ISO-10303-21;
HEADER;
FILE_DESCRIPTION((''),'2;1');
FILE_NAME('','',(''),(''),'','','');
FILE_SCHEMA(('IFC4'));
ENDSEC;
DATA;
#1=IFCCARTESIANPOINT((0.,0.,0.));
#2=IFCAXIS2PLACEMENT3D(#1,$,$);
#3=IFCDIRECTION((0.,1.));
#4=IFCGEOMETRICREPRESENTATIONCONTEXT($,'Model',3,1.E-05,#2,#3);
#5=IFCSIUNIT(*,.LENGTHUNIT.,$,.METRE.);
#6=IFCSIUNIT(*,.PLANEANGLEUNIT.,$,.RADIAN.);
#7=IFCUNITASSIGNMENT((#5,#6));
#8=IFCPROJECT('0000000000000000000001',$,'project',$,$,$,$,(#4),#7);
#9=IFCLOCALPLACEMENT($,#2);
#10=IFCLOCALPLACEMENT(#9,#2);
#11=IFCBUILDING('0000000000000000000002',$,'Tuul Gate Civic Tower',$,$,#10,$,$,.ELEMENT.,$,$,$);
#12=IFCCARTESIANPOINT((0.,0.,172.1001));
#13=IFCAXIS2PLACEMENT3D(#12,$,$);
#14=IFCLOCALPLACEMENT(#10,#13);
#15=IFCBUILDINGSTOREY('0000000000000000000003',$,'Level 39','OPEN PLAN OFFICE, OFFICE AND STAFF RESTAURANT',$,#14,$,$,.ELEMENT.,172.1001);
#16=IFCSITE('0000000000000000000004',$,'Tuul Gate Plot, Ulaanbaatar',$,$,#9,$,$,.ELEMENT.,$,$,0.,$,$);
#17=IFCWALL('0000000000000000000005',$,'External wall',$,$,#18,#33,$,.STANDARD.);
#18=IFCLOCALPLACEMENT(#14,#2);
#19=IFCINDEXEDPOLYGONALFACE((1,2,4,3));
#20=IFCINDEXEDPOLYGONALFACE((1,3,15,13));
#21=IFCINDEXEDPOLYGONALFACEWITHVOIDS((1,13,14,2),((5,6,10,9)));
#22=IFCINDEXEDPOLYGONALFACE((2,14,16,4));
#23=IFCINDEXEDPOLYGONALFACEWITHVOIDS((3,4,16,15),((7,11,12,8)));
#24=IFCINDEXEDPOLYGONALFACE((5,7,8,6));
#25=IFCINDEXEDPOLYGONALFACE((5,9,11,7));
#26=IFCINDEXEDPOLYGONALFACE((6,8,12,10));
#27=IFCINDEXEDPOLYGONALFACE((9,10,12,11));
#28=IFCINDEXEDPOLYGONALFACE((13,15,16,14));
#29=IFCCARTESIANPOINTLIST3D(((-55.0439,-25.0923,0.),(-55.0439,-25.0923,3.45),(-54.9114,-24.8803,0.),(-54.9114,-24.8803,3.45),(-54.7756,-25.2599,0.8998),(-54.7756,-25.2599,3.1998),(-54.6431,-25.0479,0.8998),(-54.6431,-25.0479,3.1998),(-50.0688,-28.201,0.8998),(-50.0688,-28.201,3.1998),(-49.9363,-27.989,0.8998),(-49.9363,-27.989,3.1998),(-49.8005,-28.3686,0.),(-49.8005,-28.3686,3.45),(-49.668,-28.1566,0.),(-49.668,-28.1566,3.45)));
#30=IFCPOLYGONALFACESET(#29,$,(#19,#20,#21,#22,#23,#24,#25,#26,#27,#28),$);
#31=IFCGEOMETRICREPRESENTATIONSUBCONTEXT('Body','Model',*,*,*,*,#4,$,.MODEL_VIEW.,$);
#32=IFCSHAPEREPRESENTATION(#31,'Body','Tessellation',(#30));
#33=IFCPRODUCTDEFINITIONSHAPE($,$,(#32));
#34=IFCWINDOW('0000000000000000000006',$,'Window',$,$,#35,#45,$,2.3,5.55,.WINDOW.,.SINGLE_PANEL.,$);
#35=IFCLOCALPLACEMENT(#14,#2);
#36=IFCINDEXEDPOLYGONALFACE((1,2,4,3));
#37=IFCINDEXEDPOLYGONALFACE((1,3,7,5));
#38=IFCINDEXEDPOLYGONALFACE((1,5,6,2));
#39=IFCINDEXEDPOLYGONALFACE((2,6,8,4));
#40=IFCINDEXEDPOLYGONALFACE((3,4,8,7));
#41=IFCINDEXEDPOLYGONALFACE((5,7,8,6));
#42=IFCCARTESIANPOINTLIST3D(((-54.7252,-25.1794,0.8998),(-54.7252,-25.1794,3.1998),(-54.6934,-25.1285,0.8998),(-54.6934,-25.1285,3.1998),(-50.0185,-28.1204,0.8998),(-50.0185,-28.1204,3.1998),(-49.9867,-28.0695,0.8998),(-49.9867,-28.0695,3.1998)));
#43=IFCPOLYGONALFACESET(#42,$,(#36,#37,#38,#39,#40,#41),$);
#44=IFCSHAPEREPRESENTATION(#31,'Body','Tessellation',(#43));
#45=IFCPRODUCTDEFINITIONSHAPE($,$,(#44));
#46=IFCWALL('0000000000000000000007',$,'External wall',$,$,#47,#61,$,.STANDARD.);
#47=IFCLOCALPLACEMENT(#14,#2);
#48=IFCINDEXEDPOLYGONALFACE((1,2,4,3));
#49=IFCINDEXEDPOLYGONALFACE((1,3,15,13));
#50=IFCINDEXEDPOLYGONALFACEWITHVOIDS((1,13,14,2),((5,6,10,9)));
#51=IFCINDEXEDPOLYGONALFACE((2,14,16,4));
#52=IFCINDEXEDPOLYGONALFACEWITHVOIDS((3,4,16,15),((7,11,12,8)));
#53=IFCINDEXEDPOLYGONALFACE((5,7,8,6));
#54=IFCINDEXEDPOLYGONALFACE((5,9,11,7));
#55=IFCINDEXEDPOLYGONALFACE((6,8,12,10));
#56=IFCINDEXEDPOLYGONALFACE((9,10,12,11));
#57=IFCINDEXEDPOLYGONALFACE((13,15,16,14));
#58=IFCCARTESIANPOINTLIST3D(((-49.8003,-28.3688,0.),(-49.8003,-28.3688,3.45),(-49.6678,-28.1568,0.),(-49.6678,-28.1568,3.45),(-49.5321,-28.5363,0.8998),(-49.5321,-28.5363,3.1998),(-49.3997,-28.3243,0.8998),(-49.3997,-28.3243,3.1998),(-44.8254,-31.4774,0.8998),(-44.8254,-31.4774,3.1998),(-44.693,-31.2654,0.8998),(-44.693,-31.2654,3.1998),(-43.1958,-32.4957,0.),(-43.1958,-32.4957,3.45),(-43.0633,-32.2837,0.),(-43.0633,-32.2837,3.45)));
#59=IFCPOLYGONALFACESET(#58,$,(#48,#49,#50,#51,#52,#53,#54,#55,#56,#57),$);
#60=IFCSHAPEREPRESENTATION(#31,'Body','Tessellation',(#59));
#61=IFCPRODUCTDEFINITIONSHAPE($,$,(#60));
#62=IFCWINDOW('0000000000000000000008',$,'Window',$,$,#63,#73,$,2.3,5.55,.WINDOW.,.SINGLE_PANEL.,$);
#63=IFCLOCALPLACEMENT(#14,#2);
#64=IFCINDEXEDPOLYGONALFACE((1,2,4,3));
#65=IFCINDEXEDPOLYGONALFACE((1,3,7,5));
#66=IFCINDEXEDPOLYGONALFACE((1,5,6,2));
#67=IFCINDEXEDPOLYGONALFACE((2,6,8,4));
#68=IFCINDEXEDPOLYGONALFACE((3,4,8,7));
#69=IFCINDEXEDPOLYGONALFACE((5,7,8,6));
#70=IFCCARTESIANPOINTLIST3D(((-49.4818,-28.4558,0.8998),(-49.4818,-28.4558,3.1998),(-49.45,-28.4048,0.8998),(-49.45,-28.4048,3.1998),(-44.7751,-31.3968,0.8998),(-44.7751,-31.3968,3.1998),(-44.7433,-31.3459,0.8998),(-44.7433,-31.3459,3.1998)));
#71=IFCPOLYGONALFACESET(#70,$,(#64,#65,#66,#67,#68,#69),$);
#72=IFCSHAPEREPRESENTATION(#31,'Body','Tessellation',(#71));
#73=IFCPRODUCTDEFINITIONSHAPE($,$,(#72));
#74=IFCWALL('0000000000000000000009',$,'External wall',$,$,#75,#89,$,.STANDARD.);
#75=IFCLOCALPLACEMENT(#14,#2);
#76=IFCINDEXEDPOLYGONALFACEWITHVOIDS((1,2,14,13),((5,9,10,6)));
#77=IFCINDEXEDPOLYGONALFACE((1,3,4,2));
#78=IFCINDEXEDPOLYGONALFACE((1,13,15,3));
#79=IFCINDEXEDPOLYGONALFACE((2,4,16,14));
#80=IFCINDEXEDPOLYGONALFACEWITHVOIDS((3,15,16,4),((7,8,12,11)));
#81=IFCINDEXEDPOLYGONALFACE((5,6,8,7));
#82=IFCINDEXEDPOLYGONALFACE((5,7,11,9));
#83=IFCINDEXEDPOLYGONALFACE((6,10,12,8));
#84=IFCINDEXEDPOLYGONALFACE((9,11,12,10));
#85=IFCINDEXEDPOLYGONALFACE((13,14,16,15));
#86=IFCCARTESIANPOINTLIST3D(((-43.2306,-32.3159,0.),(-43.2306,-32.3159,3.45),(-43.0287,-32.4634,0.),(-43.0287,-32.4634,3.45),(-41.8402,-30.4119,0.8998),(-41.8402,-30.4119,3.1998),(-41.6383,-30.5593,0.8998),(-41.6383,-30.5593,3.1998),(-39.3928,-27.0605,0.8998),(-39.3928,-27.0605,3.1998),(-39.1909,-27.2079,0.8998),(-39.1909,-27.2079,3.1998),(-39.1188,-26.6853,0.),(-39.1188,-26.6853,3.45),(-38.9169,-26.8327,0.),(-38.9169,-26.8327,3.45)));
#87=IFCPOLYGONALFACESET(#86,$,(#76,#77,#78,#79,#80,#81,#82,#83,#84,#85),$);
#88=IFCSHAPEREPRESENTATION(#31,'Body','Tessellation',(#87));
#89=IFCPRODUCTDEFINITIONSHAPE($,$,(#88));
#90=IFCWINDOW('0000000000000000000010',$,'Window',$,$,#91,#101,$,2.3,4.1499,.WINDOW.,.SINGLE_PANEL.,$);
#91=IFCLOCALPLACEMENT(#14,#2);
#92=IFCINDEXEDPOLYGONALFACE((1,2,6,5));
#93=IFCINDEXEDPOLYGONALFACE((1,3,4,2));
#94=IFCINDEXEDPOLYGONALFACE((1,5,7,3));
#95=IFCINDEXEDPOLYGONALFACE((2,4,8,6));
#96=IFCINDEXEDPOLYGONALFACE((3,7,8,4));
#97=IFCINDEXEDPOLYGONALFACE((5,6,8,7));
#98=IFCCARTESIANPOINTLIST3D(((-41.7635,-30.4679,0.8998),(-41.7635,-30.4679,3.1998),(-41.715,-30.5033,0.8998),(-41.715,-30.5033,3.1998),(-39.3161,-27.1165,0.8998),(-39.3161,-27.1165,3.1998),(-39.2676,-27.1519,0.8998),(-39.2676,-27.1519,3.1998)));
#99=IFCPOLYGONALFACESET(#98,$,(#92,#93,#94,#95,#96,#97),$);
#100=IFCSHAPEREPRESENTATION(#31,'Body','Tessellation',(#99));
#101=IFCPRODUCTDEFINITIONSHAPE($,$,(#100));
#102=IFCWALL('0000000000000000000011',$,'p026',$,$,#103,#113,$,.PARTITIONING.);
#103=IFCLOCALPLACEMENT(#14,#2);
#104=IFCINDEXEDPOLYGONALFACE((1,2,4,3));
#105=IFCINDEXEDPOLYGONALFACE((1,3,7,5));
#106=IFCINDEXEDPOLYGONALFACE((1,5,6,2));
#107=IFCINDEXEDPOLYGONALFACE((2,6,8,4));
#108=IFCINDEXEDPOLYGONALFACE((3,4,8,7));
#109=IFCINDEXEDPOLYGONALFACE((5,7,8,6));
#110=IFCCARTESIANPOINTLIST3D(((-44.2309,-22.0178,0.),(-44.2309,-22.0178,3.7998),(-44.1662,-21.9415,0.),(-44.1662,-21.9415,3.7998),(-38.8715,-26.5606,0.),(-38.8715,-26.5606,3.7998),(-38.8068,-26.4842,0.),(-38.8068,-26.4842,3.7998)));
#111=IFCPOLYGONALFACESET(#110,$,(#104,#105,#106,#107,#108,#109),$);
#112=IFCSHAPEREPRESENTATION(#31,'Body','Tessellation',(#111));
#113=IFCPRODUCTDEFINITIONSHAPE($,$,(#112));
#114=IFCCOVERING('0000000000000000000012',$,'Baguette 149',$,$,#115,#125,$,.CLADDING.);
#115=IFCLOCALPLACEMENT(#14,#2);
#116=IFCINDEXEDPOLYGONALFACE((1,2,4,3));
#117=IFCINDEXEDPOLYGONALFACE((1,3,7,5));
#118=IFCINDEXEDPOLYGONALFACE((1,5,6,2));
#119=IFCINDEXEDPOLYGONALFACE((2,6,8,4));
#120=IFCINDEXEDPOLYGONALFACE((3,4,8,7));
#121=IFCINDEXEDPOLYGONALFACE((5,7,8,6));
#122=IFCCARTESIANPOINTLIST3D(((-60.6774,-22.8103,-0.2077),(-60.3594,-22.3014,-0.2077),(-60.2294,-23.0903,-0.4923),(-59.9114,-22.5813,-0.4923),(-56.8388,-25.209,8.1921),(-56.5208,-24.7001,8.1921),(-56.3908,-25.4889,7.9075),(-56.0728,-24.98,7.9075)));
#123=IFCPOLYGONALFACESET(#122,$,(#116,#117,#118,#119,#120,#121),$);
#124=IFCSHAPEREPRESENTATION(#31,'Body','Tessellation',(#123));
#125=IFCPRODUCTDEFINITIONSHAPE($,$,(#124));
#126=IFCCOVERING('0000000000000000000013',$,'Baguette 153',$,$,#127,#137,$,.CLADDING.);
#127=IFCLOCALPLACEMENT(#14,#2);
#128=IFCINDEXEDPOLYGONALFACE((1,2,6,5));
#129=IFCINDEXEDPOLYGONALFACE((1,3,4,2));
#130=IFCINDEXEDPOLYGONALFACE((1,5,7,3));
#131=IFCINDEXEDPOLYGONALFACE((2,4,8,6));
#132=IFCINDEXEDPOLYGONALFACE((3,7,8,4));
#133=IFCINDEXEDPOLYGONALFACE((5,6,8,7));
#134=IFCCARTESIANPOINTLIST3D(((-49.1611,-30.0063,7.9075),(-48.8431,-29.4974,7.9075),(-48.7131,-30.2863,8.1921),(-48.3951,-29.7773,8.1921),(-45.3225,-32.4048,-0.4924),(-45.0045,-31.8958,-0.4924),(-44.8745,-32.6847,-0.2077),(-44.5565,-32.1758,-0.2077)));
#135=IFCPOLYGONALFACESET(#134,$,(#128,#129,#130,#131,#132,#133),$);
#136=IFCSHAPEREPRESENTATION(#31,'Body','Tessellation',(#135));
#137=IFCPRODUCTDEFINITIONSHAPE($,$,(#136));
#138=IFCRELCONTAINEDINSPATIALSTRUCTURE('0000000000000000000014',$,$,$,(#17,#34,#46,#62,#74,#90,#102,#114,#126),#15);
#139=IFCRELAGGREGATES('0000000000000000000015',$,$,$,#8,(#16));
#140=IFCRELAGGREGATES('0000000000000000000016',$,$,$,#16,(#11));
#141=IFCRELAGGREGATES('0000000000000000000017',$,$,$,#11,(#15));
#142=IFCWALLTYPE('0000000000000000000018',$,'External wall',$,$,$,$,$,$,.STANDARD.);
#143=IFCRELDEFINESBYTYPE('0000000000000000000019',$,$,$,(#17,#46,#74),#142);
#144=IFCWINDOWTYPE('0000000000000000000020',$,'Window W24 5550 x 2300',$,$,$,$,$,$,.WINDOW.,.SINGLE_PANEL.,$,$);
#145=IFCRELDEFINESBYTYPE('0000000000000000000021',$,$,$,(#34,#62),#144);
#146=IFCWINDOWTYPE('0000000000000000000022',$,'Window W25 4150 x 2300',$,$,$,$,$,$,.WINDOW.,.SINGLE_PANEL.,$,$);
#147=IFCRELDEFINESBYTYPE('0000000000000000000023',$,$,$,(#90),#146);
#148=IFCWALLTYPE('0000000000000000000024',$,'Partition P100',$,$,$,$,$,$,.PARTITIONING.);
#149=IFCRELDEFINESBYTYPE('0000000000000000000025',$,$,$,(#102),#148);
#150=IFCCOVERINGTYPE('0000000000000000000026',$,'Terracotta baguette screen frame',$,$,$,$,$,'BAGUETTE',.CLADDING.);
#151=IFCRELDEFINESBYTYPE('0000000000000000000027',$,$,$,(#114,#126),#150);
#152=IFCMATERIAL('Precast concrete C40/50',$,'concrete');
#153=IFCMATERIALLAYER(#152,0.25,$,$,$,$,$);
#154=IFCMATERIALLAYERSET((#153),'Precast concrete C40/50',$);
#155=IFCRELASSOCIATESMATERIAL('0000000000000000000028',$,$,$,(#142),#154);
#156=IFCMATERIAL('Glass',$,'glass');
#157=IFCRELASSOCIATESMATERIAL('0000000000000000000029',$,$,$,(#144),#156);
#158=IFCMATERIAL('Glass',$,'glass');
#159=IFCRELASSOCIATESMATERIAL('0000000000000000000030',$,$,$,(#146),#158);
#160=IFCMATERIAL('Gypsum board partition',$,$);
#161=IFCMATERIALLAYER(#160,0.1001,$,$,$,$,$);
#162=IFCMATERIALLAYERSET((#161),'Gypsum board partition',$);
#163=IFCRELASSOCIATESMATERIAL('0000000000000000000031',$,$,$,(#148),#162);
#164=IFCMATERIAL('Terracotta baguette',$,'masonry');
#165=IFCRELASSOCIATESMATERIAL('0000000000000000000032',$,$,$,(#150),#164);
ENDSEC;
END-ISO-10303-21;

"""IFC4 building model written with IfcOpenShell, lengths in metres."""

from ifc_helpers import new_model, si_unit, direction, frame, frame_2d, origin, origin_2d, place, context, subcontext, project, spatial, rectangle, extrude, material, layer, layer_set, material_profile, profile_set, type_object, element, fill, save


model = new_model("IFC4")

# Units and contexts
model_context = context("Model", 3, precision=1e-05, world=origin(), true_north=direction((0.0, 1.0)))
body_context = subcontext(model_context, "Body", "Model", "MODEL_VIEW")
ifc_project = project(units=[si_unit("LENGTHUNIT", "METRE"), si_unit("PLANEANGLEUNIT", "RADIAN")], contexts=[model_context])

# Site, building, storey
site_placement = place(None, origin())
site = spatial("IfcSite", under=ifc_project, at=site_placement, Name="Tuul Gate Plot, Ulaanbaatar", CompositionType="ELEMENT", RefElevation=0.0)
building_placement = place(site_placement, origin())
building = spatial("IfcBuilding", under=site, at=building_placement, Name="Tuul Gate Civic Tower", CompositionType="ELEMENT")
storey_placement = place(building_placement, frame((0.0, 0.0, 172.1001)))
storey = spatial("IfcBuildingStorey", under=building, at=storey_placement, Name="Level 39", Description="OPEN PLAN OFFICE, OFFICE AND STAFF RESTAURANT", CompositionType="ELEMENT", Elevation=172.1001)

# Shared definitions
ifc_material_1 = material(Name="Precast concrete C40/50", Category="concrete")
ifc_layer_1 = layer(ifc_material_1, 0.25)
ifc_layer_set_1 = layer_set([ifc_layer_1], Name="Precast concrete C40/50")
wall_type_1 = type_object("IfcWallType", Name="External wall", PredefinedType="STANDARD", material=ifc_layer_set_1)

# Walls, openings, windows
ifc_material_2 = material(Name="Glass", Category="glass")
window_type_1 = type_object("IfcWindowType", Name="Window W24 5550 x 2300", PartitioningType="SINGLE_PANEL", PredefinedType="WINDOW", material=ifc_material_2)
wall_1_placement = place(storey_placement, frame((-54.9775, -24.9863, 0.0), z_axis=(0.0, 0.0, 1.0), x_axis=(0.848054, -0.52991, 0.0)))
wall_1 = element("IfcWall", 1, at=wall_1_placement, inside=storey, type_object=wall_type_1, Name="External wall", PredefinedType="STANDARD", context=body_context, shape_type="SweptSolid", body=[
    extrude(rectangle(XDim=6.1829, YDim=0.25, at=frame_2d((3.0913, 0.0))), origin(), (0.0, 0.0, 1.0), 3.45),
])
opening_1_placement = place(wall_1_placement, frame((0.3164, 0.0, 0.8999)))
opening_1 = element("IfcOpeningElement", 2, at=opening_1_placement, cuts=wall_1, PredefinedType="OPENING", context=body_context, shape_type="SweptSolid", body=[
    extrude(rectangle(XDim=5.55, YDim=2.3, at=frame_2d((2.7749, 1.1499))), frame((0.0, 0.135, 0.0), z_axis=(0.0, -1.0, 0.0), x_axis=(1.0, 0.0, 0.0)), (0.0, 0.0, 1.0), 0.27),
])
window_1_placement = place(opening_1_placement, origin())
window_1 = element("IfcWindow", 3, at=window_1_placement, inside=storey, type_object=window_type_1, Name="Window", OverallHeight=2.3, OverallWidth=5.55, PartitioningType="SINGLE_PANEL", PredefinedType="WINDOW", context=body_context, shape_type="SweptSolid", body=[
    extrude(rectangle(XDim=5.55, YDim=2.3, at=frame_2d((2.7749, 1.1499))), frame((0.0, 0.03, 0.0), z_axis=(0.0, -1.0, 0.0), x_axis=(1.0, 0.0, 0.0)), (0.0, 0.0, 1.0), 0.0601),
])
fill(opening_1, window_1)
wall_2_placement = place(storey_placement, frame((-49.7341, -28.2627, 0.0), z_axis=(0.0, 0.0, 1.0), x_axis=(0.848048, -0.52992, 0.0)))
wall_2 = element("IfcWall", 4, at=wall_2_placement, inside=storey, type_object=wall_type_1, Name="External wall", PredefinedType="STANDARD", context=body_context, shape_type="SweptSolid", body=[
    extrude(rectangle(XDim=7.7878, YDim=0.25, at=frame_2d((3.894, 0.0))), origin(), (0.0, 0.0, 1.0), 3.45),
])
opening_2_placement = place(wall_2_placement, frame((0.3164, 0.0, 0.8999)))
opening_2 = element("IfcOpeningElement", 5, at=opening_2_placement, cuts=wall_2, PredefinedType="OPENING", context=body_context, shape_type="SweptSolid", body=[
    extrude(rectangle(XDim=5.55, YDim=2.3, at=frame_2d((2.7749, 1.1499))), frame((0.0, 0.135, 0.0), z_axis=(0.0, -1.0, 0.0), x_axis=(1.0, 0.0, 0.0)), (0.0, 0.0, 1.0), 0.27),
])
window_2_placement = place(opening_2_placement, origin())
window_2 = element("IfcWindow", 6, at=window_2_placement, inside=storey, type_object=window_type_1, Name="Window", OverallHeight=2.3, OverallWidth=5.55, PartitioningType="SINGLE_PANEL", PredefinedType="WINDOW", context=body_context, shape_type="SweptSolid", body=[
    extrude(rectangle(XDim=5.55, YDim=2.3, at=frame_2d((2.7749, 1.1499))), frame((0.0, 0.03, 0.0), z_axis=(0.0, -1.0, 0.0), x_axis=(1.0, 0.0, 0.0)), (0.0, 0.0, 1.0), 0.0601),
])
fill(opening_2, window_2)
wall_3_placement = place(storey_placement, frame((-43.1296, -32.3896, 0.0), z_axis=(0.0, 0.0, 1.0), x_axis=(0.589749, 0.807587, 0.0)))
wall_3 = element("IfcWall", 7, at=wall_3_placement, inside=storey, type_object=wall_type_1, Name="External wall", PredefinedType="STANDARD", context=body_context, shape_type="SweptSolid", body=[
    extrude(rectangle(XDim=6.9722, YDim=0.25, at=frame_2d((3.4861, 0.0))), origin(), (0.0, 0.0, 1.0), 3.45),
])
opening_3_placement = place(wall_3_placement, frame((2.3577, 0.0, 0.8999)))
opening_3 = element("IfcOpeningElement", 8, at=opening_3_placement, cuts=wall_3, PredefinedType="OPENING", context=body_context, shape_type="SweptSolid", body=[
    extrude(rectangle(XDim=4.1499, YDim=2.3, at=frame_2d((2.075, 1.1499))), frame((0.0, 0.135, 0.0), z_axis=(0.0, -1.0, 0.0), x_axis=(1.0, 0.0, 0.0)), (0.0, 0.0, 1.0), 0.27),
])
ifc_material_3 = material(Name="Glass", Category="glass")
window_type_2 = type_object("IfcWindowType", Name="Window W25 4150 x 2300", PartitioningType="SINGLE_PANEL", PredefinedType="WINDOW", material=ifc_material_3)
window_3_placement = place(opening_3_placement, origin())
window_3 = element("IfcWindow", 9, at=window_3_placement, inside=storey, type_object=window_type_2, Name="Window", OverallHeight=2.3, OverallWidth=4.1499, PartitioningType="SINGLE_PANEL", PredefinedType="WINDOW", context=body_context, shape_type="SweptSolid", body=[
    extrude(rectangle(XDim=4.1499, YDim=2.3, at=frame_2d((2.075, 1.1499))), frame((0.0, 0.03, 0.0), z_axis=(0.0, -1.0, 0.0), x_axis=(1.0, 0.0, 0.0)), (0.0, 0.0, 1.0), 0.0601),
])
fill(opening_3, window_3)

# Wall
ifc_material_4 = material(Name="Gypsum board partition")
ifc_layer_2 = layer(ifc_material_4, 0.1001)
ifc_layer_set_2 = layer_set([ifc_layer_2], Name="Gypsum board partition")
wall_type_2 = type_object("IfcWallType", Name="Partition P100", PredefinedType="PARTITIONING", material=ifc_layer_set_2)
wall_4_placement = place(storey_placement, frame((-44.1985, -21.9797, 0.0), z_axis=(0.0, 0.0, 1.0), x_axis=(0.762834, -0.646595, 0.0)))
element("IfcWall", 10, at=wall_4_placement, inside=storey, type_object=wall_type_2, Name="p026", PredefinedType="PARTITIONING", context=body_context, shape_type="SweptSolid", body=[
    extrude(rectangle(XDim=7.0256, YDim=0.1001, at=frame_2d((3.5127, 0.0))), origin(), (0.0, 0.0, 1.0), 3.7998),
])

# Coverings
ifc_material_5 = material(Name="Terracotta baguette", Category="masonry")
ifc_material_profile_1 = material_profile(ifc_material_5, rectangle(XDim=0.6001, YDim=0.6001, at=origin_2d()), Name="Terracotta baguette screen frame")
ifc_profile_set_1 = profile_set([ifc_material_profile_1], Name="Terracotta baguette")
covering_type = type_object("IfcCoveringType", Name="Terracotta baguette screen frame", ElementType="BAGUETTE", PredefinedType="CLADDING", material=ifc_profile_set_1)
for number, where, z_axis, x_axis, name in (
    (11, (-56.4558, -25.0945, 8.0498), (-0.402293, 0.251385, -0.880321), (-0.529926, -0.848044, 0.0), "Baguette 149"),
    (12, (-48.7781, -29.8918, 8.0498), (0.402296, -0.251361, -0.880327), (0.529887, 0.848068, 0.0), "Baguette 153"),
):
    element("IfcCovering", number, at=place(storey_placement, frame(where, z_axis=z_axis, x_axis=x_axis)), inside=storey, type_object=covering_type, Name=name, PredefinedType="CLADDING", context=body_context, shape_type="SweptSolid", body=[
        extrude(rectangle(XDim=0.6001, YDim=0.6001, at=origin_2d()), origin(), (0.0, 0.0, 1.0), 9.5417),
    ])

save(model, "model.ifc")
